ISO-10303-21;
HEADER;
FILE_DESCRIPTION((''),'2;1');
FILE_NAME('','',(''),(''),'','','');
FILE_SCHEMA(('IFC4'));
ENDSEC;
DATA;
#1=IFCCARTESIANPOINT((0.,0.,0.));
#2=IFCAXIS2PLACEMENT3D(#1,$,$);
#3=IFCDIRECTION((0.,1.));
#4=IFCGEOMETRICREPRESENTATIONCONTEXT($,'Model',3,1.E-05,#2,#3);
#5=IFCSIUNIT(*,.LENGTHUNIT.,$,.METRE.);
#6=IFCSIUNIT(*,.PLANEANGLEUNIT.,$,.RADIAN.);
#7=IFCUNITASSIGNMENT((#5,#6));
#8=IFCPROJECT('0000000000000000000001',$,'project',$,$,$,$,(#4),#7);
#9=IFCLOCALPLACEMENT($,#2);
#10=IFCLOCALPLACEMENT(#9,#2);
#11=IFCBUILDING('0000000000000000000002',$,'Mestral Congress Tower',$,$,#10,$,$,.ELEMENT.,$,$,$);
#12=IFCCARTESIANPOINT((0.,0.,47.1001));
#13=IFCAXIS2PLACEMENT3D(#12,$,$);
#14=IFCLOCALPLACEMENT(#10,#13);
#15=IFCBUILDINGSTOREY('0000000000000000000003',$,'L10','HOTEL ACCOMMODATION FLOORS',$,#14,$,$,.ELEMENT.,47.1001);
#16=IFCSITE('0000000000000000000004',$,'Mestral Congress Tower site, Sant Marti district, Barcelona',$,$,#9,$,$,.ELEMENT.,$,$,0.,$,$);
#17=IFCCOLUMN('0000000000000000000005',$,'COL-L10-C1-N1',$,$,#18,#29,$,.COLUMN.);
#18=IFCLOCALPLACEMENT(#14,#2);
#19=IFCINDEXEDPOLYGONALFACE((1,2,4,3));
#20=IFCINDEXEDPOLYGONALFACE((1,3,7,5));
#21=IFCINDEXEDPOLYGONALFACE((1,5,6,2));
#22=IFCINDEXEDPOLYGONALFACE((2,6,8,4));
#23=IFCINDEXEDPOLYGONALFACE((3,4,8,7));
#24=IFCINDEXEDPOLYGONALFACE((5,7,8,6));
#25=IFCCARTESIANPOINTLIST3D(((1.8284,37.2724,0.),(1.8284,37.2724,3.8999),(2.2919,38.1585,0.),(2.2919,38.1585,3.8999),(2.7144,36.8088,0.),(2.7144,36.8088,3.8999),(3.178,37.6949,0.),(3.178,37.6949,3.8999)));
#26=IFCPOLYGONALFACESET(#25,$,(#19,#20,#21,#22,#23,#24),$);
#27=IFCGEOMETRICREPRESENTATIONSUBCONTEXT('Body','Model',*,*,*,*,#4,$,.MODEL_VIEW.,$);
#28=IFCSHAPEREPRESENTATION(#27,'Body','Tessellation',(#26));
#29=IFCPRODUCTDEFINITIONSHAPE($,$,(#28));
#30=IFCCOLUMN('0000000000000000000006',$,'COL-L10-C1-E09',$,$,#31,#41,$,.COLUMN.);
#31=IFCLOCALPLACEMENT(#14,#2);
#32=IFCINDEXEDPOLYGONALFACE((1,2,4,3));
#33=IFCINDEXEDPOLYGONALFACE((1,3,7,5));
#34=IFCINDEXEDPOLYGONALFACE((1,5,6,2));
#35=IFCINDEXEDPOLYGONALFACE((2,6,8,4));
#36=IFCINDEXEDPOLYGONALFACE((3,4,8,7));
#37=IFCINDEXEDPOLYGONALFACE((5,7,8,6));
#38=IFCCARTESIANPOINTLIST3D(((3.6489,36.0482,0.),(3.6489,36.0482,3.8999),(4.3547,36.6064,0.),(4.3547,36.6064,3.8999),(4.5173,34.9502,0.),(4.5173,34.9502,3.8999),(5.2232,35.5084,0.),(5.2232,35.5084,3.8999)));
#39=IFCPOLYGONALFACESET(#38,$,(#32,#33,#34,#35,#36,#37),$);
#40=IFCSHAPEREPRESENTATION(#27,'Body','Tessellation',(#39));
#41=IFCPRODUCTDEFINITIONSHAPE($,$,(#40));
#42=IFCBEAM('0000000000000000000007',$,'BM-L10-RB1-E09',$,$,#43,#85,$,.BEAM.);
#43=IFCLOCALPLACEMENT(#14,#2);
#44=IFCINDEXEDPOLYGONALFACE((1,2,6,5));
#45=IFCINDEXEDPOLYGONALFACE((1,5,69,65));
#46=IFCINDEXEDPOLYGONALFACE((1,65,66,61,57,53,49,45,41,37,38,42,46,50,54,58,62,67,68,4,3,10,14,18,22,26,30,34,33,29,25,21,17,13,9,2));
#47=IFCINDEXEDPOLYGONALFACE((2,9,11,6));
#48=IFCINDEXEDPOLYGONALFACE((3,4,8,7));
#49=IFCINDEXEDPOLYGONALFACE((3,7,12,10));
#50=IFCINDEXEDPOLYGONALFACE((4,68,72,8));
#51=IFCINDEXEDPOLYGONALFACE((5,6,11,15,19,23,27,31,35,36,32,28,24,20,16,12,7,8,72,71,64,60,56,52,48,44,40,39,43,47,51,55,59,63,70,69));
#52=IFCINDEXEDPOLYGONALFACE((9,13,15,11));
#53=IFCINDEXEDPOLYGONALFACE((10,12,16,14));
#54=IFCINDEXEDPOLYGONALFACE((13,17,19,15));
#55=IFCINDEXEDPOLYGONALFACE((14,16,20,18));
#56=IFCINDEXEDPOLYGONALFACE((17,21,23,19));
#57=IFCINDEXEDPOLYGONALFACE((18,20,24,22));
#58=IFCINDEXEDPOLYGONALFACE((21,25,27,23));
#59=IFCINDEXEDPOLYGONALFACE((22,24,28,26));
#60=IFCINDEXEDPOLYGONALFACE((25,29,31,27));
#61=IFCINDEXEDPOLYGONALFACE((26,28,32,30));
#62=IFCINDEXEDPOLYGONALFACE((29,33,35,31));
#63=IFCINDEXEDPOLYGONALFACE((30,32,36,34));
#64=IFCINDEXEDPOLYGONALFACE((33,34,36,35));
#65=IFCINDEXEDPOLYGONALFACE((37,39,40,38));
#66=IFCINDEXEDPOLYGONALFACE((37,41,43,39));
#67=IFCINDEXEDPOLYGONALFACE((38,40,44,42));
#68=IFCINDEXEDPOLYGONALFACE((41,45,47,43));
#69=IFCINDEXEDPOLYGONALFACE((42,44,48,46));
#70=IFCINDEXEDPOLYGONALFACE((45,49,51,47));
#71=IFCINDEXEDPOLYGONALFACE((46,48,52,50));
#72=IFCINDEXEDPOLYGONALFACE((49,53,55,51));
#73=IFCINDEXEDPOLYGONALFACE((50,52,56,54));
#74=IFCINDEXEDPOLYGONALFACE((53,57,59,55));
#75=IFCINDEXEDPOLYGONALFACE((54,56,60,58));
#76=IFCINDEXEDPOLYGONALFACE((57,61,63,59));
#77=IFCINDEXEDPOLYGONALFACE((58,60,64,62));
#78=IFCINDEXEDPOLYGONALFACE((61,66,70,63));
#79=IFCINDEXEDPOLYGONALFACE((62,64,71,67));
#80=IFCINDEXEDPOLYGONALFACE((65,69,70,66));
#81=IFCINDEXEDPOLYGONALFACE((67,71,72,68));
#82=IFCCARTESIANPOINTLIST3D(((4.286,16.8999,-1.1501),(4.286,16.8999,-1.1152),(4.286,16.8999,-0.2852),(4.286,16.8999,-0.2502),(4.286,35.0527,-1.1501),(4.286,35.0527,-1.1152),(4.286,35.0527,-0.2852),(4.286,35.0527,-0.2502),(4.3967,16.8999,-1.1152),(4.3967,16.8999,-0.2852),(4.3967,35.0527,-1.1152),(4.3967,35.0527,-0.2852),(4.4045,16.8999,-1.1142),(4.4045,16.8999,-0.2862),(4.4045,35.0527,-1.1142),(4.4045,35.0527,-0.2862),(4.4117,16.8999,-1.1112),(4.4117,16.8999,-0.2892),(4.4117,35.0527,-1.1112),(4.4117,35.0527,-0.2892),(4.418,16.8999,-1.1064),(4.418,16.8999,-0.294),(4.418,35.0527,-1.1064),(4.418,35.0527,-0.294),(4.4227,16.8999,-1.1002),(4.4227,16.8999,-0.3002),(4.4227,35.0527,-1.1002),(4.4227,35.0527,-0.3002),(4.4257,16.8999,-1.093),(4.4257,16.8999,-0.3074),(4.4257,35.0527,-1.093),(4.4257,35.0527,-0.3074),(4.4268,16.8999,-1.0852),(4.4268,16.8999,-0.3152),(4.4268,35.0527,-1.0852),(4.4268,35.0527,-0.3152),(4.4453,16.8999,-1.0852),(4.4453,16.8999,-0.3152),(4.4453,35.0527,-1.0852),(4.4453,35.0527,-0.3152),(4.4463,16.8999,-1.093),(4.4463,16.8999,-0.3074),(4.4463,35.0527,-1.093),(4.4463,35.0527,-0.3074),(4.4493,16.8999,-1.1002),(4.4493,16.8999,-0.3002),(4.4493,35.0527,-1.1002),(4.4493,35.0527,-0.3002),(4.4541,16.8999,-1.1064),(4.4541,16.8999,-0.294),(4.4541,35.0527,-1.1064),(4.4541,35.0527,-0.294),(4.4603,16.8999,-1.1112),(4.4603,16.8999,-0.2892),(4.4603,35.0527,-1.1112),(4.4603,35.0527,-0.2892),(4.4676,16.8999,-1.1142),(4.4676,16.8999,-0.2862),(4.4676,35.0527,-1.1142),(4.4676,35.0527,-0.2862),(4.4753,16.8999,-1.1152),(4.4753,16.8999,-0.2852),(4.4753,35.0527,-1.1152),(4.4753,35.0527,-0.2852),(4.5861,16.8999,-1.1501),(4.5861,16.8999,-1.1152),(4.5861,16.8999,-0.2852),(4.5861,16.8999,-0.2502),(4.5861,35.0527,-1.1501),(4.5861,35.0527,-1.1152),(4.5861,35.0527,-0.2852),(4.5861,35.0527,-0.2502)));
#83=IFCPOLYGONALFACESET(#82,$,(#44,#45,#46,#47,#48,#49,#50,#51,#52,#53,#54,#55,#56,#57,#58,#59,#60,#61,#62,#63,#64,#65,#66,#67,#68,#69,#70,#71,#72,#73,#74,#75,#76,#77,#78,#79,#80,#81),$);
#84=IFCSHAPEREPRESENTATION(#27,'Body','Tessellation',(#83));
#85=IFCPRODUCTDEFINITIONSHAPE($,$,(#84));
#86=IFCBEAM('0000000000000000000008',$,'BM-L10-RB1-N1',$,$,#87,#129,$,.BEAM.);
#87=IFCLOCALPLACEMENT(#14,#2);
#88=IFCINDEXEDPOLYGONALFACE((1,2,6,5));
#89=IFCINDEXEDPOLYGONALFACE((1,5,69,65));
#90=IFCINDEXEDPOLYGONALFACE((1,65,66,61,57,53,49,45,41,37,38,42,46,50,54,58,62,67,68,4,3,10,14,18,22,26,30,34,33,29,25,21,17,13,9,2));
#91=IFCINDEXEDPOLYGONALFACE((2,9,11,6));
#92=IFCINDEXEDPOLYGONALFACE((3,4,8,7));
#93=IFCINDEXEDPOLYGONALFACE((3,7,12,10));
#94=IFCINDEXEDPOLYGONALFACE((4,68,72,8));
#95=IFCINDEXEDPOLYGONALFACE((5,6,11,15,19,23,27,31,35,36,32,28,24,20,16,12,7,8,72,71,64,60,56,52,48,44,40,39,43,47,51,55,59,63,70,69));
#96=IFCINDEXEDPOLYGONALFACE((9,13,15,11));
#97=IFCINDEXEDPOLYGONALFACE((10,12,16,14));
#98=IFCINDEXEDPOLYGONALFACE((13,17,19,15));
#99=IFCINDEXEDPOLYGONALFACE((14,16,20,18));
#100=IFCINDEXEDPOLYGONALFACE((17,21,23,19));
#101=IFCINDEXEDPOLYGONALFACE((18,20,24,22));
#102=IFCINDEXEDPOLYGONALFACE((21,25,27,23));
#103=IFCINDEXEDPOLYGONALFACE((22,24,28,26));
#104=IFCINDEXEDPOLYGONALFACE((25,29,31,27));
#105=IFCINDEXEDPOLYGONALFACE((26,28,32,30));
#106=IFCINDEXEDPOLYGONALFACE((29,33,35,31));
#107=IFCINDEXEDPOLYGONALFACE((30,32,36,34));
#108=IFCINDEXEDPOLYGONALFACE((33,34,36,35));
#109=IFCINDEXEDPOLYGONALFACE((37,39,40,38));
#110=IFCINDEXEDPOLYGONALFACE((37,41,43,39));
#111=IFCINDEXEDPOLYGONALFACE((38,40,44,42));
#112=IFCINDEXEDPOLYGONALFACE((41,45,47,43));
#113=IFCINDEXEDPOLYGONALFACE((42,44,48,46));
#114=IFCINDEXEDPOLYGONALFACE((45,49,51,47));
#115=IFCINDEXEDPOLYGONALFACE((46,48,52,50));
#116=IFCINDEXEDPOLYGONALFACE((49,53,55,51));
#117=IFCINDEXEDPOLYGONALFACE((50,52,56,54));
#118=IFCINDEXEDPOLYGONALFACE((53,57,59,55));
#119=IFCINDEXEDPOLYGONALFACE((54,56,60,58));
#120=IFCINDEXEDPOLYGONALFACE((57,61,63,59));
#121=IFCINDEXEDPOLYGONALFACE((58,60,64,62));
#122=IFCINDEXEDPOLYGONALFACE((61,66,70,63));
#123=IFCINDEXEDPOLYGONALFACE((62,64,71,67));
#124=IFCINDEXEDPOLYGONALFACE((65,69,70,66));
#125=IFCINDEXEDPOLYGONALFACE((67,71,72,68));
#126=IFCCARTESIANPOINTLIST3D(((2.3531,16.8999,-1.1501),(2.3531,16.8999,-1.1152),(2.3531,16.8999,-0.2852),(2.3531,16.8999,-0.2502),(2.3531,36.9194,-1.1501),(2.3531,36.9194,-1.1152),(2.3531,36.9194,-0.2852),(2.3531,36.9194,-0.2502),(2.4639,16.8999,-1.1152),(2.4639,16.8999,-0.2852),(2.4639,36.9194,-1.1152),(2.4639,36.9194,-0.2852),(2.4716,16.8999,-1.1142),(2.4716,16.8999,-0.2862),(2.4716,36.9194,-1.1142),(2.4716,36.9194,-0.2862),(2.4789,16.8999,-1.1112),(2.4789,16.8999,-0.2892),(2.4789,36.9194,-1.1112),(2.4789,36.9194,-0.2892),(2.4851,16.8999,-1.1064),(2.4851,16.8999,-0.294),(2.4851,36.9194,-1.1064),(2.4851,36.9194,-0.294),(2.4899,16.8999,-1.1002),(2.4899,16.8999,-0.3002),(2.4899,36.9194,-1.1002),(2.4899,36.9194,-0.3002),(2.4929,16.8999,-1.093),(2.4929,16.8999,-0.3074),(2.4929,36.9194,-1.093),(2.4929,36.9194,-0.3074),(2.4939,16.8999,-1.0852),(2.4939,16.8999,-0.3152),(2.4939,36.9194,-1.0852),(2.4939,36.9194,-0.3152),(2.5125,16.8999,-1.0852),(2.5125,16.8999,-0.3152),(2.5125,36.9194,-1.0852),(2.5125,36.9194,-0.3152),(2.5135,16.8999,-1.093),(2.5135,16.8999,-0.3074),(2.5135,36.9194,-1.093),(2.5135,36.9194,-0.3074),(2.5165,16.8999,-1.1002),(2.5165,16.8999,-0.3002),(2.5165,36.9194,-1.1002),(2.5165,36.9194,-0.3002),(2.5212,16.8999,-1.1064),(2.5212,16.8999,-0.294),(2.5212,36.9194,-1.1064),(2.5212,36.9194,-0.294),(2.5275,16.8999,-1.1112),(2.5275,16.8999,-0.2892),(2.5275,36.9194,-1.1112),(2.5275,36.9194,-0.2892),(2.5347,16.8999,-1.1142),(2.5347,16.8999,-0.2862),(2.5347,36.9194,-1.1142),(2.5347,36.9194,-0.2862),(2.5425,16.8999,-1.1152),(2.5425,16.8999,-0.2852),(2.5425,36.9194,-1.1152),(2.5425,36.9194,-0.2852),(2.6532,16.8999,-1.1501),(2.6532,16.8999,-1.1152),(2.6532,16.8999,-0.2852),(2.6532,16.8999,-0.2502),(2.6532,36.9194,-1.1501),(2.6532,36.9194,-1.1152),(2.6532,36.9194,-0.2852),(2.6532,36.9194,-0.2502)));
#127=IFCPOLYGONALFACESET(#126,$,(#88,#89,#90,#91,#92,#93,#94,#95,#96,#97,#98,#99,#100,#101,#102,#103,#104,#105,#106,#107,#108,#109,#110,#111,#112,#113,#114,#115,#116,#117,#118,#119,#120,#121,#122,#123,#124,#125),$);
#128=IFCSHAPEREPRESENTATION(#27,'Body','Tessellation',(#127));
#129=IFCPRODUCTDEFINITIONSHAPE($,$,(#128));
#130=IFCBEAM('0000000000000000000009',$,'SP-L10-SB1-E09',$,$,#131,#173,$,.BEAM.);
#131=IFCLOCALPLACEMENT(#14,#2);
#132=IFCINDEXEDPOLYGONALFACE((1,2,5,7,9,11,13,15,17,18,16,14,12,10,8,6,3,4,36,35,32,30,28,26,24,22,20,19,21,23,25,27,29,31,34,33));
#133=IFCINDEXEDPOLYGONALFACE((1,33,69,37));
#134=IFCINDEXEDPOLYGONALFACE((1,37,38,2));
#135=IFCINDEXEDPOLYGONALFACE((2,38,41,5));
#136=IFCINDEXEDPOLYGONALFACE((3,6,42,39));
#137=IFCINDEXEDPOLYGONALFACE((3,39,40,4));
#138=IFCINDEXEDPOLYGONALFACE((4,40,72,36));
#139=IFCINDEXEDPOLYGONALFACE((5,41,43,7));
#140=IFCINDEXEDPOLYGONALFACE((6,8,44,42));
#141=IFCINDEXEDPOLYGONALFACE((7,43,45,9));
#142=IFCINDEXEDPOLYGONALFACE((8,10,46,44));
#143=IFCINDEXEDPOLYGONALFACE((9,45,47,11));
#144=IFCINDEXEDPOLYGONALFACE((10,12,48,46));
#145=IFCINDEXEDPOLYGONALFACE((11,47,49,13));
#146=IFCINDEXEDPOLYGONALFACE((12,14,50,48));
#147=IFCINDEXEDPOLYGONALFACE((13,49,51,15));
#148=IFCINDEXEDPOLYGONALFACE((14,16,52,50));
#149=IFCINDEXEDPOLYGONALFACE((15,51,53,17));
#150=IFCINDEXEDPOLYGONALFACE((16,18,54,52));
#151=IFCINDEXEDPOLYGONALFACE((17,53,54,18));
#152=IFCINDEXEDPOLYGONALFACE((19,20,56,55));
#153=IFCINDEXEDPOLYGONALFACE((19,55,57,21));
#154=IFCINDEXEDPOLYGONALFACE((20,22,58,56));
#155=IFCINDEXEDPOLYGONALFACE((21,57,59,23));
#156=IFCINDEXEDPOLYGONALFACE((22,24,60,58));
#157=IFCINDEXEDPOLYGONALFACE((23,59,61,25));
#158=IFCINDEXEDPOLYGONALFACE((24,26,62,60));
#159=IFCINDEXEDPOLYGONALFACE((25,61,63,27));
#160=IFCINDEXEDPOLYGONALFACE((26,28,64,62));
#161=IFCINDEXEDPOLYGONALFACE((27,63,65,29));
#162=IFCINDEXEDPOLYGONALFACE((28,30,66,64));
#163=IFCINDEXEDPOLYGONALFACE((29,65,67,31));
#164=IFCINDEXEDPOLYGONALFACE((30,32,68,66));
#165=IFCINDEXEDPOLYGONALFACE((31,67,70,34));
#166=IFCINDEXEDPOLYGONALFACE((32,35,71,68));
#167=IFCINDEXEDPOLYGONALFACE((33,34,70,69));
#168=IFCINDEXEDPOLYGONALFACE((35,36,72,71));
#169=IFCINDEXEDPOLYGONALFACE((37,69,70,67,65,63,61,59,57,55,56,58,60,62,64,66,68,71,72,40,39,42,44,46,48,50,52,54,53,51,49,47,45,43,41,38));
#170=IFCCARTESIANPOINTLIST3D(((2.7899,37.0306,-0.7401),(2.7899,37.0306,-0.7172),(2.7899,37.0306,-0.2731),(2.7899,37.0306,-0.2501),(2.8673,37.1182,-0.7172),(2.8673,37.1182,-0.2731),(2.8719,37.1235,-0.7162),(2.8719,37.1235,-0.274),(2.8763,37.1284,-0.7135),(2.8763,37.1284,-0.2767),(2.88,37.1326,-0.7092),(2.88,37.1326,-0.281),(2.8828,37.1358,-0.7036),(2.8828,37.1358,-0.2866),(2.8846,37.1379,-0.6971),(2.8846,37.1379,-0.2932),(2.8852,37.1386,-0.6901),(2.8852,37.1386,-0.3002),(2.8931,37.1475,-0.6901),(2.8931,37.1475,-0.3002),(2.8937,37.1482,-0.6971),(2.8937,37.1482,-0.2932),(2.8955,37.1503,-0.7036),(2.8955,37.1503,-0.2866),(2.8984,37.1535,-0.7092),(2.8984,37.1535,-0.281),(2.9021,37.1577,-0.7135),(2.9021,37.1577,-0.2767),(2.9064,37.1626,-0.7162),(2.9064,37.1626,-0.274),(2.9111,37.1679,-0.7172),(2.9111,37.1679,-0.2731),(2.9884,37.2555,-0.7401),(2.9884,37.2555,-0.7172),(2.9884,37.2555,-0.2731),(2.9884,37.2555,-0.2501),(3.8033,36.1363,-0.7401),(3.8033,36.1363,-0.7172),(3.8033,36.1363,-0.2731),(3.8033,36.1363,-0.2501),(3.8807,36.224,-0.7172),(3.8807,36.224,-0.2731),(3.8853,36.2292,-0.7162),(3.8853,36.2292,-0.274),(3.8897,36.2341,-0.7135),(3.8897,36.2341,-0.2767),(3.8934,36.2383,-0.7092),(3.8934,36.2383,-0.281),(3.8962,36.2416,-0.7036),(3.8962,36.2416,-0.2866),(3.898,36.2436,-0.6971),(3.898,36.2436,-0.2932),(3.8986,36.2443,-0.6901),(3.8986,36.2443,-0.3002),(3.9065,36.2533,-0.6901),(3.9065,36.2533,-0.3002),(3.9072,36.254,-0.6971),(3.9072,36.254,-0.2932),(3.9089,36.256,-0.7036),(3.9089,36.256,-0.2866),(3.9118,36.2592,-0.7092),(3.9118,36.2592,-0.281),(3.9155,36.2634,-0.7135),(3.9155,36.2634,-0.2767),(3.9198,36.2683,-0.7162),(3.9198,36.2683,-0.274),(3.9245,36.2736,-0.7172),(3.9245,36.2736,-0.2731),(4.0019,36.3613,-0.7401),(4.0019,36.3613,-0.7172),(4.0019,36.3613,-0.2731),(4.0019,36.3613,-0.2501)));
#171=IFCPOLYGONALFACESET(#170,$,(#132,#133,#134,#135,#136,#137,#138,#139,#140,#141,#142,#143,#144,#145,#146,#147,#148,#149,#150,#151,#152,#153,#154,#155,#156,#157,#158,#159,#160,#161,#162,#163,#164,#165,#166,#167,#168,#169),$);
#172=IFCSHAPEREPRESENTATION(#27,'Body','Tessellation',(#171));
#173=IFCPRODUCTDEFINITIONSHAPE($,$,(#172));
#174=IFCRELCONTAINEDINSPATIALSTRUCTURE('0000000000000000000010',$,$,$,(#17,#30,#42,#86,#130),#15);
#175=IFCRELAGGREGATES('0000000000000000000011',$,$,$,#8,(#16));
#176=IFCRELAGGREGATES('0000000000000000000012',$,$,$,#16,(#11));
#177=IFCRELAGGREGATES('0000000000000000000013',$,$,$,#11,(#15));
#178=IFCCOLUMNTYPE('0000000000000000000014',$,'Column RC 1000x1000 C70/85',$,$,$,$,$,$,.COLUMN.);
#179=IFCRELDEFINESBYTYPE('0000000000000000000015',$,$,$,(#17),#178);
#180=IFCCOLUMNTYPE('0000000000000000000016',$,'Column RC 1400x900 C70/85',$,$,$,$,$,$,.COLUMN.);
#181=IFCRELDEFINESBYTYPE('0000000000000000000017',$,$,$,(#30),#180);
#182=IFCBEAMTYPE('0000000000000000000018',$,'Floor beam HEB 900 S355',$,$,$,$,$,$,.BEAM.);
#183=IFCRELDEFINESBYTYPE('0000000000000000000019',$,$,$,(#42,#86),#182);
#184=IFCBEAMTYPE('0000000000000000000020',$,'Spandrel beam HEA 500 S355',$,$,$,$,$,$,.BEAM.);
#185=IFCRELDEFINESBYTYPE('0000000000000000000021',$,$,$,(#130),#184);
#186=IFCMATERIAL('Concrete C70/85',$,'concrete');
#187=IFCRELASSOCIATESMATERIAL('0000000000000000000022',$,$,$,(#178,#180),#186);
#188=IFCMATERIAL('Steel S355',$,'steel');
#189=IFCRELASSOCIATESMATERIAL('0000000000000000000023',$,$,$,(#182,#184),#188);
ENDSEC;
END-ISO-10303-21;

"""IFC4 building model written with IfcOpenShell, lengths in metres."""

from ifc_helpers import new_model, si_unit, direction, frame, origin, origin_2d, place, context, subcontext, project, spatial, rectangle, i_section, extrude, material, material_profile, profile_set, type_object, element, save


model = new_model("IFC4")

# Units and contexts
model_context = context("Model", 3, precision=1e-05, world=origin(), true_north=direction((0.0, 1.0)))
body_context = subcontext(model_context, "Body", "Model", "MODEL_VIEW")
ifc_project = project(units=[si_unit("LENGTHUNIT", "METRE"), si_unit("PLANEANGLEUNIT", "RADIAN")], contexts=[model_context])

# Site, building, storey
site_placement = place(None, origin())
site = spatial("IfcSite", under=ifc_project, at=site_placement, Name="Mestral Congress Tower site, Sant Marti district, Barcelona", CompositionType="ELEMENT", RefElevation=0.0)
building_placement = place(site_placement, origin())
building = spatial("IfcBuilding", under=site, at=building_placement, Name="Mestral Congress Tower", CompositionType="ELEMENT")
storey_placement = place(building_placement, frame((0.0, 0.0, 47.1001)))
storey = spatial("IfcBuildingStorey", under=building, at=storey_placement, Name="L10", Description="HOTEL ACCOMMODATION FLOORS", CompositionType="ELEMENT", Elevation=47.1001)

# Columns
ifc_material_1 = material(Name="Concrete C70/85", Category="concrete")
ifc_material_profile_1 = material_profile(ifc_material_1, rectangle(XDim=1.0, YDim=1.0, at=origin_2d()), Name="RC 1000x1000")
ifc_profile_set_1 = profile_set([ifc_material_profile_1], Name="Concrete C70/85")
column_type_1 = type_object("IfcColumnType", Name="Column RC 1000x1000 C70/85", PredefinedType="COLUMN", material=ifc_profile_set_1)
column_1_placement = place(storey_placement, frame((2.5032, 37.4836, 0.0), z_axis=(0.0, 0.0, 1.0), x_axis=(-0.886068, 0.463556, 0.0)))
element("IfcColumn", 1, at=column_1_placement, inside=storey, type_object=column_type_1, Name="COL-L10-C1-N1", PredefinedType="COLUMN", context=body_context, shape_type="SweptSolid", body=[
    extrude(rectangle(XDim=1.0, YDim=1.0, at=origin_2d()), origin(), (0.0, 0.0, 1.0), 3.8999),
])
ifc_material_profile_2 = material_profile(ifc_material_1, rectangle(XDim=1.3999, YDim=0.8999, at=origin_2d()), Name="RC 1400x900")
ifc_profile_set_2 = profile_set([ifc_material_profile_2], Name="Concrete C70/85")
column_type_2 = type_object("IfcColumnType", Name="Column RC 1400x900 C70/85", PredefinedType="COLUMN", material=ifc_profile_set_2)
column_2_placement = place(storey_placement, frame((4.436, 35.7783, 0.0), z_axis=(0.0, 0.0, 1.0), x_axis=(-0.620334, 0.784338, 0.0)))
element("IfcColumn", 2, at=column_2_placement, inside=storey, type_object=column_type_2, Name="COL-L10-C1-E09", PredefinedType="COLUMN", context=body_context, shape_type="SweptSolid", body=[
    extrude(rectangle(XDim=1.3999, YDim=0.8999, at=origin_2d()), origin(), (0.0, 0.0, 1.0), 3.8999),
])

# Beams
ifc_material_2 = material(Name="Steel S355", Category="steel")
ifc_material_profile_3 = material_profile(ifc_material_2, i_section(OverallWidth=0.3, OverallDepth=0.8999, WebThickness=0.0186, FlangeThickness=0.0349, FilletRadius=0.03, at=origin_2d()), Name="HEB 900")
ifc_profile_set_3 = profile_set([ifc_material_profile_3], Name="Steel S355")
beam_type_1 = type_object("IfcBeamType", Name="Floor beam HEB 900 S355", PredefinedType="BEAM", material=ifc_profile_set_3)
beam_1_placement = place(storey_placement, frame((4.436, 35.0527, -0.7002), z_axis=(0.0, -1.0, 0.0), x_axis=(1.0, 0.0, 0.0)))
element("IfcBeam", 3, at=beam_1_placement, inside=storey, type_object=beam_type_1, Name="BM-L10-RB1-E09", PredefinedType="BEAM", context=body_context, shape_type="SweptSolid", body=[
    extrude(i_section(OverallWidth=0.3, OverallDepth=0.8999, WebThickness=0.0186, FlangeThickness=0.0349, FilletRadius=0.03, at=origin_2d()), origin(), (0.0, 0.0, 1.0), 18.1528),
])
beam_2_placement = place(storey_placement, frame((2.5032, 36.9194, -0.7002), z_axis=(0.0, -1.0, 0.0), x_axis=(1.0, 0.0, 0.0)))
element("IfcBeam", 4, at=beam_2_placement, inside=storey, type_object=beam_type_1, Name="BM-L10-RB1-N1", PredefinedType="BEAM", context=body_context, shape_type="SweptSolid", body=[
    extrude(i_section(OverallWidth=0.3, OverallDepth=0.8999, WebThickness=0.0186, FlangeThickness=0.0349, FilletRadius=0.03, at=origin_2d()), origin(), (0.0, 0.0, 1.0), 20.0195),
])
ifc_material_profile_4 = material_profile(ifc_material_2, i_section(OverallWidth=0.3, OverallDepth=0.49, WebThickness=0.012, FlangeThickness=0.0229, FilletRadius=0.0271, at=origin_2d()), Name="HEA 500")
ifc_profile_set_4 = profile_set([ifc_material_profile_4], Name="Steel S355")
beam_type_2 = type_object("IfcBeamType", Name="Spandrel beam HEA 500 S355", PredefinedType="BEAM", material=ifc_profile_set_4)
beam_3_placement = place(storey_placement, frame((3.9026, 36.2488, -0.4951), z_axis=(-0.749806, 0.661657, 0.0), x_axis=(-0.661657, -0.749806, 0.0)))
element("IfcBeam", 5, at=beam_3_placement, inside=storey, type_object=beam_type_2, Name="SP-L10-SB1-E09", PredefinedType="BEAM", context=body_context, shape_type="SweptSolid", body=[
    extrude(i_section(OverallWidth=0.3, OverallDepth=0.49, WebThickness=0.012, FlangeThickness=0.0229, FilletRadius=0.0271, at=origin_2d()), origin(), (0.0, 0.0, 1.0), 1.3516),
])

save(model, "model.ifc")
